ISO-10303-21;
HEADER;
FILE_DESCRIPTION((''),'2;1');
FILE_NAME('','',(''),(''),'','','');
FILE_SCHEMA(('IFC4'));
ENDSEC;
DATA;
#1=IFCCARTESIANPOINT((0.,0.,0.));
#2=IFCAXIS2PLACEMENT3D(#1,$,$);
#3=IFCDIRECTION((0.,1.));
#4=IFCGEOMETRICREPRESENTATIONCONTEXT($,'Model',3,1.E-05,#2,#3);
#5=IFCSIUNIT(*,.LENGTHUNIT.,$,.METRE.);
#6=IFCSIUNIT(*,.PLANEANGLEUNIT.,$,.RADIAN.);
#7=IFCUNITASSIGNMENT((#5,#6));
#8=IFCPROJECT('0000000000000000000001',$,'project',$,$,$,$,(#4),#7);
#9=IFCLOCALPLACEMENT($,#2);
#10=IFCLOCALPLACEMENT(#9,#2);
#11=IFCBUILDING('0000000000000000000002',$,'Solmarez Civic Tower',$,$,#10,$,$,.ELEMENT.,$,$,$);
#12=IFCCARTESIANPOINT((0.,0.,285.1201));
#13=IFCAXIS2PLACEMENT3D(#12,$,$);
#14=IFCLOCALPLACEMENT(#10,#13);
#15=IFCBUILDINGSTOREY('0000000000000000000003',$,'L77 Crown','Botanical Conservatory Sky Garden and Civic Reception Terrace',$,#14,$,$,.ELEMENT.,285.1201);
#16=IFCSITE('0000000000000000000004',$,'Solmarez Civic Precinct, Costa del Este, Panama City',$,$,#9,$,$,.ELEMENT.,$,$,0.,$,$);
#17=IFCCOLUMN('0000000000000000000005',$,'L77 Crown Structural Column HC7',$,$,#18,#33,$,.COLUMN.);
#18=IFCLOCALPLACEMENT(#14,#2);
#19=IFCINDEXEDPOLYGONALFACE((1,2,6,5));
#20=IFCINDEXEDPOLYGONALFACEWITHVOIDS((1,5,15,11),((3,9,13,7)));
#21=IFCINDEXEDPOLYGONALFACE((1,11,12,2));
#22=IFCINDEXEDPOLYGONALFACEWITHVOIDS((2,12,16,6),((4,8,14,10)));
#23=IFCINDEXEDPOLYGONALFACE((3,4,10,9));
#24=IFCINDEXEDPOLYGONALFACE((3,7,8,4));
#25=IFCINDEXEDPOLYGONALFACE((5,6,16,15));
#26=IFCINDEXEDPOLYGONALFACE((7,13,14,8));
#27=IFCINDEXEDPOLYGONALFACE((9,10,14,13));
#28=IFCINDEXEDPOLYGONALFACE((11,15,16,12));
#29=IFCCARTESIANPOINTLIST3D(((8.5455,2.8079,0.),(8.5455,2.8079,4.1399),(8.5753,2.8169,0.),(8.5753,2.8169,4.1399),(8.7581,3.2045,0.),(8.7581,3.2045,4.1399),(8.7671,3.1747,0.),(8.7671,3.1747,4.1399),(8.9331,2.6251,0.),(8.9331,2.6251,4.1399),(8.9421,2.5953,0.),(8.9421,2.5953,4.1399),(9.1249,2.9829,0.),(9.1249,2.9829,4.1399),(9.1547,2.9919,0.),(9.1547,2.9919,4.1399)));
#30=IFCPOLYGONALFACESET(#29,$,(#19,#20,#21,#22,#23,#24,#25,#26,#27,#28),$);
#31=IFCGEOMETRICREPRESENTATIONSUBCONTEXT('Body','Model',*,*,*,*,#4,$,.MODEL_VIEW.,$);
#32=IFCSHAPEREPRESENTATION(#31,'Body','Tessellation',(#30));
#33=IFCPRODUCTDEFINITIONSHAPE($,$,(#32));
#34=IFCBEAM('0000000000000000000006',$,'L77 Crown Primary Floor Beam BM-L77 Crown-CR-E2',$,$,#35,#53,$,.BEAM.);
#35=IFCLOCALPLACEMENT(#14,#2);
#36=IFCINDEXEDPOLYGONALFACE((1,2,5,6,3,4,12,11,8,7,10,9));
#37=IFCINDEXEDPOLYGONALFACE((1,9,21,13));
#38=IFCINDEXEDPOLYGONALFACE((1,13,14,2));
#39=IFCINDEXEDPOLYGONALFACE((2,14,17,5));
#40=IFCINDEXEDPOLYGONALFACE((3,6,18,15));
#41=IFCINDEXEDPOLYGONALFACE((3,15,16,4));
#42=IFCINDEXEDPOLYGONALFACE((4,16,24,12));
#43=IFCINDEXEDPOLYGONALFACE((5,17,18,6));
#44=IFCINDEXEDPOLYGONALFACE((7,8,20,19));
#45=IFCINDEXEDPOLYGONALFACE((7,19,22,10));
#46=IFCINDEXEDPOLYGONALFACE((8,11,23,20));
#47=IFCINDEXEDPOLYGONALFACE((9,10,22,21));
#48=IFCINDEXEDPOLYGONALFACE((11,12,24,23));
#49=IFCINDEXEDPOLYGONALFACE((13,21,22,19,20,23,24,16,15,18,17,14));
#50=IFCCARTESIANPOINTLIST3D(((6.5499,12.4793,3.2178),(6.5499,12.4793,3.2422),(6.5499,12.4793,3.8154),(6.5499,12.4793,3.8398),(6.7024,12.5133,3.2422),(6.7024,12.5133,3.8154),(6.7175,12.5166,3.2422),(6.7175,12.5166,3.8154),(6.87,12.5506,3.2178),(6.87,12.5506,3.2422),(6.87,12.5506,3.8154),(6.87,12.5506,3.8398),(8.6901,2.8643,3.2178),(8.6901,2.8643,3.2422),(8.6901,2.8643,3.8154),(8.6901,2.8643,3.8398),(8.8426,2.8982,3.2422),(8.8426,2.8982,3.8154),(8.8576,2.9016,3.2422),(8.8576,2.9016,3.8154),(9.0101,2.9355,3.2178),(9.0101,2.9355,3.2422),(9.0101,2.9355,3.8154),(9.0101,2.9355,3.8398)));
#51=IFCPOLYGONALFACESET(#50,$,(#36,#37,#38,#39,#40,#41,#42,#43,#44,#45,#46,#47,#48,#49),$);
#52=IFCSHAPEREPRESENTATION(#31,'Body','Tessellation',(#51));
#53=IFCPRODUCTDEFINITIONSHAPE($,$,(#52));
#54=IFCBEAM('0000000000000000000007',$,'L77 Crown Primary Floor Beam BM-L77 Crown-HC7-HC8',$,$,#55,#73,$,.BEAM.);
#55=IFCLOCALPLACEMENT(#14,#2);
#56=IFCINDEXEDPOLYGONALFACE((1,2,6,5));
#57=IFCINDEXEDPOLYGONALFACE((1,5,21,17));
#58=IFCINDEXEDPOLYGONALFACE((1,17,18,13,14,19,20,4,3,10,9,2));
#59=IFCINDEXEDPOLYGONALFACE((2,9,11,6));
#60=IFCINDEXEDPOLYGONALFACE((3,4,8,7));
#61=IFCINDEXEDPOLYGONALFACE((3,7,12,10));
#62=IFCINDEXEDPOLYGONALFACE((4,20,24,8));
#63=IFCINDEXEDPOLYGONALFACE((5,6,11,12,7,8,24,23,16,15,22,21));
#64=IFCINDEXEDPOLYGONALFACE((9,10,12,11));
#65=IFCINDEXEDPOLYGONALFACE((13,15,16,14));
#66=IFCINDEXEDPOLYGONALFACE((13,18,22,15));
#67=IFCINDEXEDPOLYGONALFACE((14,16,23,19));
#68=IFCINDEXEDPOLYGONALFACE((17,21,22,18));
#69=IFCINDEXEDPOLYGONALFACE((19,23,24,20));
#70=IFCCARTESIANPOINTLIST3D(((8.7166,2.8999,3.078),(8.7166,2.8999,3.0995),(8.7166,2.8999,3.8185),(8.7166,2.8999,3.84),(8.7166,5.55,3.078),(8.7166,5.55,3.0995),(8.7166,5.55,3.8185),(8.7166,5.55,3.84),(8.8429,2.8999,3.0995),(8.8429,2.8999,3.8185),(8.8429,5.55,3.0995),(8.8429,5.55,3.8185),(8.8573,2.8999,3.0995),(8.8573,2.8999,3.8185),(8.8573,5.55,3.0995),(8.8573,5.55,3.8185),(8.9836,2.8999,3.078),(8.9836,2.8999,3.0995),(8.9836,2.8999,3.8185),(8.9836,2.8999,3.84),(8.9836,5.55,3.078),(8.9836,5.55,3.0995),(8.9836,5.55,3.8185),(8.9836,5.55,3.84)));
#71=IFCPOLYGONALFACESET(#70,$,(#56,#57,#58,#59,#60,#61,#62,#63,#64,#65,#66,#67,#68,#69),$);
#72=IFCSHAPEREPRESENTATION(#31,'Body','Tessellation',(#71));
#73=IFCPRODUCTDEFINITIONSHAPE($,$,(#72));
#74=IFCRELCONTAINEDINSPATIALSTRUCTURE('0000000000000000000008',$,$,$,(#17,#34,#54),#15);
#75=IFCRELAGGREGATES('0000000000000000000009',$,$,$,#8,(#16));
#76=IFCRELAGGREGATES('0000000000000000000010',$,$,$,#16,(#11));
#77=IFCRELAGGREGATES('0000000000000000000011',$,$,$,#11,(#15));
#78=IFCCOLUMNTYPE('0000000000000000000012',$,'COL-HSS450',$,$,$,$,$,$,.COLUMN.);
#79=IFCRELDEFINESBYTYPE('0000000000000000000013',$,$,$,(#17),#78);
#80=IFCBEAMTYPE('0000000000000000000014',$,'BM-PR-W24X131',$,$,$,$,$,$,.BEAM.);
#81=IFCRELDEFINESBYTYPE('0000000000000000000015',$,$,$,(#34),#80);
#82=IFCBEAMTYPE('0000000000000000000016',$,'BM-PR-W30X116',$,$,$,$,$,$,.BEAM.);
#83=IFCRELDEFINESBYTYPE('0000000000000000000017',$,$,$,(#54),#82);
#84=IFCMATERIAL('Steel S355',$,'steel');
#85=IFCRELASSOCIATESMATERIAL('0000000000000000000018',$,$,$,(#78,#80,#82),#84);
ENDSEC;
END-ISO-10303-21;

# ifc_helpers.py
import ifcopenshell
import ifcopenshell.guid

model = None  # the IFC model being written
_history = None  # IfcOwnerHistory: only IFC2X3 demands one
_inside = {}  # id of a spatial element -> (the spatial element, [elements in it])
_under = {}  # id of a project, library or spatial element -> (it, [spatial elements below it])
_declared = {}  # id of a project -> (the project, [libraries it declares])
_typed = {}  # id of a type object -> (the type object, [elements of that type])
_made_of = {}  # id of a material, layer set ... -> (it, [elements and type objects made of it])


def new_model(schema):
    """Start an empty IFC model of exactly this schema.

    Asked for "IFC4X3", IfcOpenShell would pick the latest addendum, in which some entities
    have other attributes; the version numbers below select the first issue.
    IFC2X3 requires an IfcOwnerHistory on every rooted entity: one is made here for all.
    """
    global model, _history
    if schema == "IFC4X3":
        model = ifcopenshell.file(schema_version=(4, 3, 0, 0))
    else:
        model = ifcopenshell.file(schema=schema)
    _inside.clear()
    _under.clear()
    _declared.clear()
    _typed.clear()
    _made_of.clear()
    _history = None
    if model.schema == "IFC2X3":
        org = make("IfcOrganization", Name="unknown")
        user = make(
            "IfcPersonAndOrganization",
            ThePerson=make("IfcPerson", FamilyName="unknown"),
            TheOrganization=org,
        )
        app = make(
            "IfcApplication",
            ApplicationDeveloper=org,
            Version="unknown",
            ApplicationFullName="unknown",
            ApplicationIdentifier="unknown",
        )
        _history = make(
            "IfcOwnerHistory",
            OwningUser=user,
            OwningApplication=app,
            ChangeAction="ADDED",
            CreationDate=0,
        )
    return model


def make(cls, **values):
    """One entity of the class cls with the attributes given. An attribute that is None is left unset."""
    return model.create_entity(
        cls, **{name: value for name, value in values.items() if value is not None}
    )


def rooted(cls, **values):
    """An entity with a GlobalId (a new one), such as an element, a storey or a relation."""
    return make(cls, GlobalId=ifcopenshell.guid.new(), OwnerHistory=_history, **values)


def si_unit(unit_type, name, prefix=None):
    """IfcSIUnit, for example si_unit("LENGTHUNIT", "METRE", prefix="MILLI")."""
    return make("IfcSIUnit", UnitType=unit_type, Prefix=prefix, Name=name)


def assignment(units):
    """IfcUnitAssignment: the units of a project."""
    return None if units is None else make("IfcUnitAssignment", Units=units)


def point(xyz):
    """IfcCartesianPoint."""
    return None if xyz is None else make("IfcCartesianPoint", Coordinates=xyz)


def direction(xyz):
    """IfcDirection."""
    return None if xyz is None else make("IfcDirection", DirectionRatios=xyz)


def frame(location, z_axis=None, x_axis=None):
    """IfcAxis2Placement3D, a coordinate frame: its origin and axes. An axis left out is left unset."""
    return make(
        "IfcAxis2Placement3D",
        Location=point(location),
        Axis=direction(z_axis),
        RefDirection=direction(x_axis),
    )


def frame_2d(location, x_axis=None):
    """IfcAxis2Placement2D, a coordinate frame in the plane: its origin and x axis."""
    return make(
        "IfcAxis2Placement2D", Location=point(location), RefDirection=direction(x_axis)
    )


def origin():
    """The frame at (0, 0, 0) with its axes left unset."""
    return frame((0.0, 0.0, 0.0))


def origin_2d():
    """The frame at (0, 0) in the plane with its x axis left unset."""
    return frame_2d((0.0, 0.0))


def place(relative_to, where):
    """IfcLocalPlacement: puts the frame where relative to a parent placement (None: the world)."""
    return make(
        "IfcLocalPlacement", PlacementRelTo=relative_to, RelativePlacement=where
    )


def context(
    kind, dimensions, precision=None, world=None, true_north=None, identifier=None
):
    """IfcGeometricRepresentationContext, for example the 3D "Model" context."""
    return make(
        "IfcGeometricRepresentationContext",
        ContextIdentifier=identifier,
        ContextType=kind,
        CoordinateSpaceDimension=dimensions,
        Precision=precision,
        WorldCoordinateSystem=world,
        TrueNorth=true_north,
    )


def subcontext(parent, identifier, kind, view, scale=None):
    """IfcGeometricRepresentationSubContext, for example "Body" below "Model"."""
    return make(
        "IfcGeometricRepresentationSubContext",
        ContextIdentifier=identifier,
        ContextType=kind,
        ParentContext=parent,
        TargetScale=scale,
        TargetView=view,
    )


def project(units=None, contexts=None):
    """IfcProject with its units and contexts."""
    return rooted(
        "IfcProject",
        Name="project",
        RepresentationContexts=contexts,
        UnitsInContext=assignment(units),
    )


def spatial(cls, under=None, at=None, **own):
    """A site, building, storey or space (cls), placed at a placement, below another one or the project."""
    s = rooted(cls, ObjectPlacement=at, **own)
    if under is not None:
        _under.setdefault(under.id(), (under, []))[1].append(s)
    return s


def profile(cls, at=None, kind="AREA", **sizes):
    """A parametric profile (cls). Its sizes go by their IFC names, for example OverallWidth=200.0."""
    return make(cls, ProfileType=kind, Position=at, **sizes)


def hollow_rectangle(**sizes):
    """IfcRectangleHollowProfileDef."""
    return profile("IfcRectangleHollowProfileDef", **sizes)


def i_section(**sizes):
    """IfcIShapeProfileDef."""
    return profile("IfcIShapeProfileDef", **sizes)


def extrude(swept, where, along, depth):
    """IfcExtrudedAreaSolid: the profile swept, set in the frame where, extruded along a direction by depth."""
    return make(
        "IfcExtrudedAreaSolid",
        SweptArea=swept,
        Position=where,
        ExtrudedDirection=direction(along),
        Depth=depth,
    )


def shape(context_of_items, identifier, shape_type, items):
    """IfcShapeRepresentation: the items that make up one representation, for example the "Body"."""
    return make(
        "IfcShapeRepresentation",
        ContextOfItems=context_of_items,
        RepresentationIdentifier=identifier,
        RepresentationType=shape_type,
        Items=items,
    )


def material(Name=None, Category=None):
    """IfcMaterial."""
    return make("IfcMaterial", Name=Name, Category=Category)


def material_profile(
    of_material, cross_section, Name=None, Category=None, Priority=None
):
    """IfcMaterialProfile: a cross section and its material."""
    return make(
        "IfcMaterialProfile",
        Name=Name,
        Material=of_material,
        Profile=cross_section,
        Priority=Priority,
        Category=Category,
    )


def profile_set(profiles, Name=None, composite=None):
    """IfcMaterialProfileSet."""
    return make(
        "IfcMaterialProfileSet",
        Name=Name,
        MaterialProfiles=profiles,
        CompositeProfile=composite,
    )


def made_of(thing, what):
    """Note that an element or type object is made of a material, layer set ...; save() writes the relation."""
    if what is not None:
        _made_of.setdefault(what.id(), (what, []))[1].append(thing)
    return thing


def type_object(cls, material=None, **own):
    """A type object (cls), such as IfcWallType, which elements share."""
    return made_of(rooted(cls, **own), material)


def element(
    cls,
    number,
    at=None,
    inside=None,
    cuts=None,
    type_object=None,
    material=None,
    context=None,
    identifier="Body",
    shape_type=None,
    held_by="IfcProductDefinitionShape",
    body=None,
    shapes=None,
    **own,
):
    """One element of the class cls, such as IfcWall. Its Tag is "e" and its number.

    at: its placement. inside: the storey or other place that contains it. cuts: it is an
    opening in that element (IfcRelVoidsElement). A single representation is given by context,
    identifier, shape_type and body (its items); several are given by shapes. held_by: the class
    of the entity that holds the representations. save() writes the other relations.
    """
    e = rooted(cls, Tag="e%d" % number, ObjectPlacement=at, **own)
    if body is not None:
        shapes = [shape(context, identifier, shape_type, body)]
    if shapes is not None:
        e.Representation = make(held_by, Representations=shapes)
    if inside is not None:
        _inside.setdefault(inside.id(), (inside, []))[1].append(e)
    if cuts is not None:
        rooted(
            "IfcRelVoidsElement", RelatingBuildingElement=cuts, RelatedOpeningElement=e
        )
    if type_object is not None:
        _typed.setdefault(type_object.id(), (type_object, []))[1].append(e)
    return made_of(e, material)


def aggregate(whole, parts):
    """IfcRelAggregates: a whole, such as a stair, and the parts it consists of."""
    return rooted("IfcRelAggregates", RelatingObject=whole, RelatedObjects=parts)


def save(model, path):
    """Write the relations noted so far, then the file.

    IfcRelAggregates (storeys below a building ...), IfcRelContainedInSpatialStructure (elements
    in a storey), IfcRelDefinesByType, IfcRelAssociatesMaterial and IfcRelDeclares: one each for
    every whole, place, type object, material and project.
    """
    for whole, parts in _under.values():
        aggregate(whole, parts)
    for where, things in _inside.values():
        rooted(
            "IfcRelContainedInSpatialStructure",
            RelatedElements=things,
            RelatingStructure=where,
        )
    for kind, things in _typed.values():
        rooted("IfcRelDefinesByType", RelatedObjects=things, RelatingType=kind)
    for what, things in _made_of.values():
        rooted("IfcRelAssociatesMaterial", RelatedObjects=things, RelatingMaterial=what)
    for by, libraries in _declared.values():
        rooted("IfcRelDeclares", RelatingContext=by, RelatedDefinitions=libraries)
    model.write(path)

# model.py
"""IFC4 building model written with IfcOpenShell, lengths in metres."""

from ifc_helpers import new_model, si_unit, direction, frame, origin, origin_2d, place, context, subcontext, project, spatial, hollow_rectangle, i_section, extrude, material, material_profile, profile_set, type_object, element, save


model = new_model("IFC4")

# Units and contexts
model_context = context("Model", 3, precision=1e-05, world=origin(), true_north=direction((0.0, 1.0)))
body_context = subcontext(model_context, "Body", "Model", "MODEL_VIEW")
ifc_project = project(units=[si_unit("LENGTHUNIT", "METRE"), si_unit("PLANEANGLEUNIT", "RADIAN")], contexts=[model_context])

# Site, building, storey
site_placement = place(None, origin())
site = spatial("IfcSite", under=ifc_project, at=site_placement, Name="Solmarez Civic Precinct, Costa del Este, Panama City", CompositionType="ELEMENT", RefElevation=0.0)
building_placement = place(site_placement, origin())
building = spatial("IfcBuilding", under=site, at=building_placement, Name="Solmarez Civic Tower", CompositionType="ELEMENT")
storey_placement = place(building_placement, frame((0.0, 0.0, 285.1201)))
storey = spatial("IfcBuildingStorey", under=building, at=storey_placement, Name="L77 Crown", Description="Botanical Conservatory Sky Garden and Civic Reception Terrace", CompositionType="ELEMENT", Elevation=285.1201)

# Column
ifc_material_1 = material(Name="Steel S355", Category="steel")
ifc_material_profile_1 = material_profile(ifc_material_1, hollow_rectangle(XDim=0.45, YDim=0.45, WallThickness=0.022, at=origin_2d()), Name="HSS450X450X22")
ifc_profile_set_1 = profile_set([ifc_material_profile_1], Name="Steel S355")
column_type = type_object("IfcColumnType", Name="COL-HSS450", PredefinedType="COLUMN", material=ifc_profile_set_1)
column_placement = place(storey_placement, frame((8.8501, 2.8999, 0.0), z_axis=(0.0, 0.0, 1.0), x_axis=(0.472551, 0.881303, 0.0)))
element("IfcColumn", 1, at=column_placement, inside=storey, type_object=column_type, Name="L77 Crown Structural Column HC7", PredefinedType="COLUMN", context=body_context, shape_type="SweptSolid", body=[
    extrude(hollow_rectangle(XDim=0.45, YDim=0.45, WallThickness=0.022, at=origin_2d()), origin(), (0.0, 0.0, 1.0), 4.1399),
])

# Beams
ifc_material_profile_2 = material_profile(ifc_material_1, i_section(OverallWidth=0.3279, OverallDepth=0.6221, WebThickness=0.0154, FlangeThickness=0.0244, at=origin_2d()), Name="W24X131")
ifc_profile_set_2 = profile_set([ifc_material_profile_2], Name="Steel S355")
beam_type_1 = type_object("IfcBeamType", Name="BM-PR-W24X131", PredefinedType="BEAM", material=ifc_profile_set_2)
beam_1_placement = place(storey_placement, frame((8.8501, 2.8999, 3.5288), z_axis=(-0.217266, 0.976112, 0.0), x_axis=(-0.976112, -0.217266, 0.0)))
element("IfcBeam", 2, at=beam_1_placement, inside=storey, type_object=beam_type_1, Name="L77 Crown Primary Floor Beam BM-L77 Crown-CR-E2", PredefinedType="BEAM", context=body_context, shape_type="SweptSolid", body=[
    extrude(i_section(OverallWidth=0.3279, OverallDepth=0.6221, WebThickness=0.0154, FlangeThickness=0.0244, at=origin_2d()), origin(), (0.0, 0.0, 1.0), 9.8503),
])
ifc_material_profile_3 = material_profile(ifc_material_1, i_section(OverallWidth=0.2671, OverallDepth=0.762, WebThickness=0.0144, FlangeThickness=0.0215, at=origin_2d()), Name="W30X116")
ifc_profile_set_3 = profile_set([ifc_material_profile_3], Name="Steel S355")
beam_type_2 = type_object("IfcBeamType", Name="BM-PR-W30X116", PredefinedType="BEAM", material=ifc_profile_set_3)
beam_2_placement = place(storey_placement, frame((8.8501, 2.8999, 3.459), z_axis=(0.0, 1.0, 0.0), x_axis=(-1.0, 0.0, 0.0)))
element("IfcBeam", 3, at=beam_2_placement, inside=storey, type_object=beam_type_2, Name="L77 Crown Primary Floor Beam BM-L77 Crown-HC7-HC8", PredefinedType="BEAM", context=body_context, shape_type="SweptSolid", body=[
    extrude(i_section(OverallWidth=0.2671, OverallDepth=0.762, WebThickness=0.0144, FlangeThickness=0.0215, at=origin_2d()), origin(), (0.0, 0.0, 1.0), 2.6501),
])

save(model, "model.ifc")
